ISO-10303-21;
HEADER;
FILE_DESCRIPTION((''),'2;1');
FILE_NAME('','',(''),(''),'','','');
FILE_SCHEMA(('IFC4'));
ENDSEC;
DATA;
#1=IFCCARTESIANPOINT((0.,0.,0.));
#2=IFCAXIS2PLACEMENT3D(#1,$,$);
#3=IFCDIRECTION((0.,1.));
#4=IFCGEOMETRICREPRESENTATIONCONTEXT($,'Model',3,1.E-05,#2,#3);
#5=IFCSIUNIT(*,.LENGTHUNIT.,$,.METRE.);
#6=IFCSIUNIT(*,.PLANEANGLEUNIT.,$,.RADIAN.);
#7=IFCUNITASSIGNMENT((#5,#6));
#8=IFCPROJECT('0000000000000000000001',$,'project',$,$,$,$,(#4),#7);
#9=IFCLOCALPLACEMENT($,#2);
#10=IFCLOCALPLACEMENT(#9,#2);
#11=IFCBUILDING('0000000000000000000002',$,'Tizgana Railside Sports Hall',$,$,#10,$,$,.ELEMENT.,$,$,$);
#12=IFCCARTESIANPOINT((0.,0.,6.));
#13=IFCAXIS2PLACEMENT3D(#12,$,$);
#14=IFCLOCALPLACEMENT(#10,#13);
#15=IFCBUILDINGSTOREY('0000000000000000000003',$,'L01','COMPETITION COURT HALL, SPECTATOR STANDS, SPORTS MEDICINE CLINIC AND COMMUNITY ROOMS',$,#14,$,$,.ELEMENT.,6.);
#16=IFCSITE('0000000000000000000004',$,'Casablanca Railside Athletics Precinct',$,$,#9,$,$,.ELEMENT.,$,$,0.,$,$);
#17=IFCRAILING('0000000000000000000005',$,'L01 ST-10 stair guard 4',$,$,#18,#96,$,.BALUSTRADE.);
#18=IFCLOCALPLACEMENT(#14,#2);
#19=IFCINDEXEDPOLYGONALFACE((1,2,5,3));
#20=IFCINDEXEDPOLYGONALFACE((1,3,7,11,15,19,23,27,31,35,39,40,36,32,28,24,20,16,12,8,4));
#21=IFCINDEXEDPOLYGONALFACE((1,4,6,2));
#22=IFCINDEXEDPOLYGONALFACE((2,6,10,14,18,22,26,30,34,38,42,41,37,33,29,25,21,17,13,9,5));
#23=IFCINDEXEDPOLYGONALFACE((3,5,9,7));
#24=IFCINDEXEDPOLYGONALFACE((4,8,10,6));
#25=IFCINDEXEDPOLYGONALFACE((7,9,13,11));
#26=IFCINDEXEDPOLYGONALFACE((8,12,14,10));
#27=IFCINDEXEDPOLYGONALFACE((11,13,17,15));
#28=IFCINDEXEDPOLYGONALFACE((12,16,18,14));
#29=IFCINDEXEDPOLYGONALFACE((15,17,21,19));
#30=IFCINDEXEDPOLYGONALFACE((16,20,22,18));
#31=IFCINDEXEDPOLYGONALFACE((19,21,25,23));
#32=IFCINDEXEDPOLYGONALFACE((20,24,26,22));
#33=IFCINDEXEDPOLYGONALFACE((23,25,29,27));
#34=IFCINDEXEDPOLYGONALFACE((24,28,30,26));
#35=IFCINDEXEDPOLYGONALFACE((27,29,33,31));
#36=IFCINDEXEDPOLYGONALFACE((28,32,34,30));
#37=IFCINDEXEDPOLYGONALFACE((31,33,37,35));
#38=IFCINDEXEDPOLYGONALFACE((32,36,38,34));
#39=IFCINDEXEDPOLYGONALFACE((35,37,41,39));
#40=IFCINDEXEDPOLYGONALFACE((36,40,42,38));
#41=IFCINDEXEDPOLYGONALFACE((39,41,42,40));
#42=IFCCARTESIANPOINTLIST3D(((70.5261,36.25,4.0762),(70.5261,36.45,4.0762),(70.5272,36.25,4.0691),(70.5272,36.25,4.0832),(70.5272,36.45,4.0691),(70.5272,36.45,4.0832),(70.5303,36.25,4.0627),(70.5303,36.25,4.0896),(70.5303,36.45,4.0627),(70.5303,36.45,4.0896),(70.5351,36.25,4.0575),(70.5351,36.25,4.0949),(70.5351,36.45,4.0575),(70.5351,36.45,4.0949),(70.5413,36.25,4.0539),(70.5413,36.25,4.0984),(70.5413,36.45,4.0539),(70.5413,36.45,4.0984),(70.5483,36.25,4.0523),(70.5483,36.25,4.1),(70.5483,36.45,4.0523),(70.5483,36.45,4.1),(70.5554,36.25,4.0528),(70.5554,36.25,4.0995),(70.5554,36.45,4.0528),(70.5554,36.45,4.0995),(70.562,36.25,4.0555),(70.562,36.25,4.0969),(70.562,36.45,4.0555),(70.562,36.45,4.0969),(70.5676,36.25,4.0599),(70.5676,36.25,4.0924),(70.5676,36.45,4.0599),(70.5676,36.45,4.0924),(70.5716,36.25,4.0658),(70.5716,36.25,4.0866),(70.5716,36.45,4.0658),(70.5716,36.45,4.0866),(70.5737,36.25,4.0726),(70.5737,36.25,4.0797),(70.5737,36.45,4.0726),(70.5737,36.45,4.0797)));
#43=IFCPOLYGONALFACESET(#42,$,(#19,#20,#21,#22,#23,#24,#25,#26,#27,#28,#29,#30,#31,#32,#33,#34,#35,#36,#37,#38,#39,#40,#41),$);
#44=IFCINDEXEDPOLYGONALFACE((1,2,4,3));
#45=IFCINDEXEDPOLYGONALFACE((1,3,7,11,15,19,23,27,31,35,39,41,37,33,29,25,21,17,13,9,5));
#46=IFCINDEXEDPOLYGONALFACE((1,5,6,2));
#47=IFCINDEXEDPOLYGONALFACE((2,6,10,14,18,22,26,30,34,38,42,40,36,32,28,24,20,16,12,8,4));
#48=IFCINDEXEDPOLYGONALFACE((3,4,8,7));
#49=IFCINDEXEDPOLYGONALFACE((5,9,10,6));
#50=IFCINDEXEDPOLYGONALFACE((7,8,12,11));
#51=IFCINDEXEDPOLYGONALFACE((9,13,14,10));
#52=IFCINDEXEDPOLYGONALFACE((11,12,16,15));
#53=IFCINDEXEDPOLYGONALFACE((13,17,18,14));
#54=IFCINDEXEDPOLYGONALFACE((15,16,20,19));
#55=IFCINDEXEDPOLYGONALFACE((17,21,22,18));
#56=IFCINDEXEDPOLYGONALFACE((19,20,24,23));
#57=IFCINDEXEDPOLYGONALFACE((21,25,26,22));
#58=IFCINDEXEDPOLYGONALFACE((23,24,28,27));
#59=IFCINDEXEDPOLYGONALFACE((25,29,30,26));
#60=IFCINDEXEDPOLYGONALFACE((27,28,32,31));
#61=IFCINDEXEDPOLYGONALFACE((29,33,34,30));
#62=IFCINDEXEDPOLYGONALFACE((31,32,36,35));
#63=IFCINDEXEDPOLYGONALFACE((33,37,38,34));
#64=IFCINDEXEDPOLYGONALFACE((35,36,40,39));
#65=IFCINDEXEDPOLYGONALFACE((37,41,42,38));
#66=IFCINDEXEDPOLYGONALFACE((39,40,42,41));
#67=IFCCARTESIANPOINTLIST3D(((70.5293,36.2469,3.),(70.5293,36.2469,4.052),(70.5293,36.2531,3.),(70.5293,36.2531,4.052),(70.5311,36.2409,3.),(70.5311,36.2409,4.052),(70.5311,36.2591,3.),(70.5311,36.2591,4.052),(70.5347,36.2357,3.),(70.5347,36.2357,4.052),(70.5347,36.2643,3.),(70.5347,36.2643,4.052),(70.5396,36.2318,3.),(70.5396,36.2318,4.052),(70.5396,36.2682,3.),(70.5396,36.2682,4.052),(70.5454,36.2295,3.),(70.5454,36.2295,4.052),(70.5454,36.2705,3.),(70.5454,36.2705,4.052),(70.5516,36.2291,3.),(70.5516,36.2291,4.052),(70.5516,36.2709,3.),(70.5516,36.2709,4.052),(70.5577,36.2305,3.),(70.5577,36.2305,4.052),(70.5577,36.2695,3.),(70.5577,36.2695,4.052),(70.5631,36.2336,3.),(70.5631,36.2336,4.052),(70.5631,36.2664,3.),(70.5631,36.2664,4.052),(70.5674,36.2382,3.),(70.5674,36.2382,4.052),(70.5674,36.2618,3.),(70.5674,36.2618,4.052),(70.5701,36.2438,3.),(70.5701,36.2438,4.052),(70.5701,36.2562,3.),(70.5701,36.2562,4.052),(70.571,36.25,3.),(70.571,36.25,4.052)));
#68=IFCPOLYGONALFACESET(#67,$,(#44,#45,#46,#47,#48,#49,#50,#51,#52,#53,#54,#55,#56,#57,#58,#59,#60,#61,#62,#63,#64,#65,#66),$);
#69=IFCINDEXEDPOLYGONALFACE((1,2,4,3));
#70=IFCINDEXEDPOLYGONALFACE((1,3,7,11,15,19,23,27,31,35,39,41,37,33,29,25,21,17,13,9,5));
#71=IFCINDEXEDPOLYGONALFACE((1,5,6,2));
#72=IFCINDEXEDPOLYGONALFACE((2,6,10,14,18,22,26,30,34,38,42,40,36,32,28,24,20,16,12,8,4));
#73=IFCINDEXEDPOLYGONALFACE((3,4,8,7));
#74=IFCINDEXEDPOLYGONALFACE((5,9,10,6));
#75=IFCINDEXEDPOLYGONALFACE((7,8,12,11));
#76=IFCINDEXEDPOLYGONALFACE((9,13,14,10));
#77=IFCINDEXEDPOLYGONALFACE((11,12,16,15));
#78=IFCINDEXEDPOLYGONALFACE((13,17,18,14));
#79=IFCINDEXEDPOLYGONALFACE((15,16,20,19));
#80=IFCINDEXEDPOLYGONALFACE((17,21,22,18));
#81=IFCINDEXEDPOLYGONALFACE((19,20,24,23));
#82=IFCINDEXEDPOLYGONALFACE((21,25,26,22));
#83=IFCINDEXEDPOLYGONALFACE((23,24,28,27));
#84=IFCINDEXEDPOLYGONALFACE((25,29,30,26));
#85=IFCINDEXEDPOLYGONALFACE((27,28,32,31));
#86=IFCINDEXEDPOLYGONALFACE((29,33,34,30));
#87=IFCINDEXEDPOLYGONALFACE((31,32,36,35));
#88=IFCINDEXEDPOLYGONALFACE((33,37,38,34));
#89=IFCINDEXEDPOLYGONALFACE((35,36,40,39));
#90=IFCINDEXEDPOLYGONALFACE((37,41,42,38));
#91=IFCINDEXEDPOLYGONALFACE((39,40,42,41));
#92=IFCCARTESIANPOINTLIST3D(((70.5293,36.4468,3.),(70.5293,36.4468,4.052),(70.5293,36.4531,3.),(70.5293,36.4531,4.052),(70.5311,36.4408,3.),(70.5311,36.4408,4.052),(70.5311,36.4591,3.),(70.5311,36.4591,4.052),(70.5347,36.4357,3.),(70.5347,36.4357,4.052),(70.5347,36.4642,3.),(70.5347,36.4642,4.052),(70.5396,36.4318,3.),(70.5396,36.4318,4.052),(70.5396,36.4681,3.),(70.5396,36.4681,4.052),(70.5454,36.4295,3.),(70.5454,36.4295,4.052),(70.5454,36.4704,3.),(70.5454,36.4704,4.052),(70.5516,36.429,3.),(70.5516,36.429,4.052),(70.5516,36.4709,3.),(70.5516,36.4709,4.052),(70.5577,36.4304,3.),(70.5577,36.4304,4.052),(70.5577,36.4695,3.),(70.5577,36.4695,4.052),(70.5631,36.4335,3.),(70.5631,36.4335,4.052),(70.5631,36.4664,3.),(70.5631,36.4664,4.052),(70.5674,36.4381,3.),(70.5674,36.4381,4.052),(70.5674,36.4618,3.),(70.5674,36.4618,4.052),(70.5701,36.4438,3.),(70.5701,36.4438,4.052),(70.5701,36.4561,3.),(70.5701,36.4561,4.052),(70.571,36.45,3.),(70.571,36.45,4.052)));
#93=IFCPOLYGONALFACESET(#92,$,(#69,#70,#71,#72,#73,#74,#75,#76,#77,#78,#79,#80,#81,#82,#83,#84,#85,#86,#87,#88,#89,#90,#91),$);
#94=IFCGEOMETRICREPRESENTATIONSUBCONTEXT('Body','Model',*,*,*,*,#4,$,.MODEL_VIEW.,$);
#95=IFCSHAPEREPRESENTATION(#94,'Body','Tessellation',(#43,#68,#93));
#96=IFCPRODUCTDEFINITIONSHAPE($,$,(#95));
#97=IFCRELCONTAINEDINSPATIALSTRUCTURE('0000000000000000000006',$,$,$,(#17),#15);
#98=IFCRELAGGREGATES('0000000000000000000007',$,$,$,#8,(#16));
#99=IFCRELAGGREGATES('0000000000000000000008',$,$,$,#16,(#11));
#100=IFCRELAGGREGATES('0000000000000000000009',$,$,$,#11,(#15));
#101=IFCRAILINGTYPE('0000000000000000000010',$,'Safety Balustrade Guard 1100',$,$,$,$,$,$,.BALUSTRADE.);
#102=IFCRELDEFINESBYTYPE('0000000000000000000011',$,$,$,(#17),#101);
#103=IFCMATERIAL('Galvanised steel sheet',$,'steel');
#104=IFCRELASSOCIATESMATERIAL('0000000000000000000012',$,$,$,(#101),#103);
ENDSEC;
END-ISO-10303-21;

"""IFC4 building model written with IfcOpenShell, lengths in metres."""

from ifc_helpers import new_model, si_unit, direction, frame, origin, origin_2d, place, context, subcontext, project, spatial, circle, extrude, material, type_object, element, save


model = new_model("IFC4")

# Units and contexts
model_context = context("Model", 3, precision=1e-05, world=origin(), true_north=direction((0.0, 1.0)))
body_context = subcontext(model_context, "Body", "Model", "MODEL_VIEW")
ifc_project = project(units=[si_unit("LENGTHUNIT", "METRE"), si_unit("PLANEANGLEUNIT", "RADIAN")], contexts=[model_context])

# Site, building, storey
site_placement = place(None, origin())
site = spatial("IfcSite", under=ifc_project, at=site_placement, Name="Casablanca Railside Athletics Precinct", CompositionType="ELEMENT", RefElevation=0.0)
building_placement = place(site_placement, origin())
building = spatial("IfcBuilding", under=site, at=building_placement, Name="Tizgana Railside Sports Hall", CompositionType="ELEMENT")
storey_placement = place(building_placement, frame((0.0, 0.0, 6.0)))
storey = spatial("IfcBuildingStorey", under=building, at=storey_placement, Name="L01", Description="COMPETITION COURT HALL, SPECTATOR STANDS, SPORTS MEDICINE CLINIC AND COMMUNITY ROOMS", CompositionType="ELEMENT", Elevation=6.0)

# Railing
ifc_material_1 = material(Name="Galvanised steel sheet", Category="steel")
railing_type_1 = type_object("IfcRailingType", Name="Safety Balustrade Guard 1100", PredefinedType="BALUSTRADE", material=ifc_material_1)
railing_1_placement = place(storey_placement, frame((70.55, 36.25, 3.0)))
element("IfcRailing", 1, at=railing_1_placement, inside=storey, type_object=railing_type_1, Name="L01 ST-10 stair guard 4", PredefinedType="BALUSTRADE", context=body_context, shape_type="SweptSolid", body=[
    extrude(circle(Radius=0.0239, at=origin_2d()), frame((0.0, 0.0, 1.0762), z_axis=(0.0, 1.0, 0.0), x_axis=(-1.0, 0.0, 0.0)), (0.0, 0.0, 1.0), 0.2),
    extrude(circle(Radius=0.021, at=origin_2d()), origin(), (0.0, 0.0, 1.0), 1.052),
    extrude(circle(Radius=0.021, at=origin_2d()), frame((0.0, 0.2, 0.0)), (0.0, 0.0, 1.0), 1.052),
])

save(model, "model.ifc")
